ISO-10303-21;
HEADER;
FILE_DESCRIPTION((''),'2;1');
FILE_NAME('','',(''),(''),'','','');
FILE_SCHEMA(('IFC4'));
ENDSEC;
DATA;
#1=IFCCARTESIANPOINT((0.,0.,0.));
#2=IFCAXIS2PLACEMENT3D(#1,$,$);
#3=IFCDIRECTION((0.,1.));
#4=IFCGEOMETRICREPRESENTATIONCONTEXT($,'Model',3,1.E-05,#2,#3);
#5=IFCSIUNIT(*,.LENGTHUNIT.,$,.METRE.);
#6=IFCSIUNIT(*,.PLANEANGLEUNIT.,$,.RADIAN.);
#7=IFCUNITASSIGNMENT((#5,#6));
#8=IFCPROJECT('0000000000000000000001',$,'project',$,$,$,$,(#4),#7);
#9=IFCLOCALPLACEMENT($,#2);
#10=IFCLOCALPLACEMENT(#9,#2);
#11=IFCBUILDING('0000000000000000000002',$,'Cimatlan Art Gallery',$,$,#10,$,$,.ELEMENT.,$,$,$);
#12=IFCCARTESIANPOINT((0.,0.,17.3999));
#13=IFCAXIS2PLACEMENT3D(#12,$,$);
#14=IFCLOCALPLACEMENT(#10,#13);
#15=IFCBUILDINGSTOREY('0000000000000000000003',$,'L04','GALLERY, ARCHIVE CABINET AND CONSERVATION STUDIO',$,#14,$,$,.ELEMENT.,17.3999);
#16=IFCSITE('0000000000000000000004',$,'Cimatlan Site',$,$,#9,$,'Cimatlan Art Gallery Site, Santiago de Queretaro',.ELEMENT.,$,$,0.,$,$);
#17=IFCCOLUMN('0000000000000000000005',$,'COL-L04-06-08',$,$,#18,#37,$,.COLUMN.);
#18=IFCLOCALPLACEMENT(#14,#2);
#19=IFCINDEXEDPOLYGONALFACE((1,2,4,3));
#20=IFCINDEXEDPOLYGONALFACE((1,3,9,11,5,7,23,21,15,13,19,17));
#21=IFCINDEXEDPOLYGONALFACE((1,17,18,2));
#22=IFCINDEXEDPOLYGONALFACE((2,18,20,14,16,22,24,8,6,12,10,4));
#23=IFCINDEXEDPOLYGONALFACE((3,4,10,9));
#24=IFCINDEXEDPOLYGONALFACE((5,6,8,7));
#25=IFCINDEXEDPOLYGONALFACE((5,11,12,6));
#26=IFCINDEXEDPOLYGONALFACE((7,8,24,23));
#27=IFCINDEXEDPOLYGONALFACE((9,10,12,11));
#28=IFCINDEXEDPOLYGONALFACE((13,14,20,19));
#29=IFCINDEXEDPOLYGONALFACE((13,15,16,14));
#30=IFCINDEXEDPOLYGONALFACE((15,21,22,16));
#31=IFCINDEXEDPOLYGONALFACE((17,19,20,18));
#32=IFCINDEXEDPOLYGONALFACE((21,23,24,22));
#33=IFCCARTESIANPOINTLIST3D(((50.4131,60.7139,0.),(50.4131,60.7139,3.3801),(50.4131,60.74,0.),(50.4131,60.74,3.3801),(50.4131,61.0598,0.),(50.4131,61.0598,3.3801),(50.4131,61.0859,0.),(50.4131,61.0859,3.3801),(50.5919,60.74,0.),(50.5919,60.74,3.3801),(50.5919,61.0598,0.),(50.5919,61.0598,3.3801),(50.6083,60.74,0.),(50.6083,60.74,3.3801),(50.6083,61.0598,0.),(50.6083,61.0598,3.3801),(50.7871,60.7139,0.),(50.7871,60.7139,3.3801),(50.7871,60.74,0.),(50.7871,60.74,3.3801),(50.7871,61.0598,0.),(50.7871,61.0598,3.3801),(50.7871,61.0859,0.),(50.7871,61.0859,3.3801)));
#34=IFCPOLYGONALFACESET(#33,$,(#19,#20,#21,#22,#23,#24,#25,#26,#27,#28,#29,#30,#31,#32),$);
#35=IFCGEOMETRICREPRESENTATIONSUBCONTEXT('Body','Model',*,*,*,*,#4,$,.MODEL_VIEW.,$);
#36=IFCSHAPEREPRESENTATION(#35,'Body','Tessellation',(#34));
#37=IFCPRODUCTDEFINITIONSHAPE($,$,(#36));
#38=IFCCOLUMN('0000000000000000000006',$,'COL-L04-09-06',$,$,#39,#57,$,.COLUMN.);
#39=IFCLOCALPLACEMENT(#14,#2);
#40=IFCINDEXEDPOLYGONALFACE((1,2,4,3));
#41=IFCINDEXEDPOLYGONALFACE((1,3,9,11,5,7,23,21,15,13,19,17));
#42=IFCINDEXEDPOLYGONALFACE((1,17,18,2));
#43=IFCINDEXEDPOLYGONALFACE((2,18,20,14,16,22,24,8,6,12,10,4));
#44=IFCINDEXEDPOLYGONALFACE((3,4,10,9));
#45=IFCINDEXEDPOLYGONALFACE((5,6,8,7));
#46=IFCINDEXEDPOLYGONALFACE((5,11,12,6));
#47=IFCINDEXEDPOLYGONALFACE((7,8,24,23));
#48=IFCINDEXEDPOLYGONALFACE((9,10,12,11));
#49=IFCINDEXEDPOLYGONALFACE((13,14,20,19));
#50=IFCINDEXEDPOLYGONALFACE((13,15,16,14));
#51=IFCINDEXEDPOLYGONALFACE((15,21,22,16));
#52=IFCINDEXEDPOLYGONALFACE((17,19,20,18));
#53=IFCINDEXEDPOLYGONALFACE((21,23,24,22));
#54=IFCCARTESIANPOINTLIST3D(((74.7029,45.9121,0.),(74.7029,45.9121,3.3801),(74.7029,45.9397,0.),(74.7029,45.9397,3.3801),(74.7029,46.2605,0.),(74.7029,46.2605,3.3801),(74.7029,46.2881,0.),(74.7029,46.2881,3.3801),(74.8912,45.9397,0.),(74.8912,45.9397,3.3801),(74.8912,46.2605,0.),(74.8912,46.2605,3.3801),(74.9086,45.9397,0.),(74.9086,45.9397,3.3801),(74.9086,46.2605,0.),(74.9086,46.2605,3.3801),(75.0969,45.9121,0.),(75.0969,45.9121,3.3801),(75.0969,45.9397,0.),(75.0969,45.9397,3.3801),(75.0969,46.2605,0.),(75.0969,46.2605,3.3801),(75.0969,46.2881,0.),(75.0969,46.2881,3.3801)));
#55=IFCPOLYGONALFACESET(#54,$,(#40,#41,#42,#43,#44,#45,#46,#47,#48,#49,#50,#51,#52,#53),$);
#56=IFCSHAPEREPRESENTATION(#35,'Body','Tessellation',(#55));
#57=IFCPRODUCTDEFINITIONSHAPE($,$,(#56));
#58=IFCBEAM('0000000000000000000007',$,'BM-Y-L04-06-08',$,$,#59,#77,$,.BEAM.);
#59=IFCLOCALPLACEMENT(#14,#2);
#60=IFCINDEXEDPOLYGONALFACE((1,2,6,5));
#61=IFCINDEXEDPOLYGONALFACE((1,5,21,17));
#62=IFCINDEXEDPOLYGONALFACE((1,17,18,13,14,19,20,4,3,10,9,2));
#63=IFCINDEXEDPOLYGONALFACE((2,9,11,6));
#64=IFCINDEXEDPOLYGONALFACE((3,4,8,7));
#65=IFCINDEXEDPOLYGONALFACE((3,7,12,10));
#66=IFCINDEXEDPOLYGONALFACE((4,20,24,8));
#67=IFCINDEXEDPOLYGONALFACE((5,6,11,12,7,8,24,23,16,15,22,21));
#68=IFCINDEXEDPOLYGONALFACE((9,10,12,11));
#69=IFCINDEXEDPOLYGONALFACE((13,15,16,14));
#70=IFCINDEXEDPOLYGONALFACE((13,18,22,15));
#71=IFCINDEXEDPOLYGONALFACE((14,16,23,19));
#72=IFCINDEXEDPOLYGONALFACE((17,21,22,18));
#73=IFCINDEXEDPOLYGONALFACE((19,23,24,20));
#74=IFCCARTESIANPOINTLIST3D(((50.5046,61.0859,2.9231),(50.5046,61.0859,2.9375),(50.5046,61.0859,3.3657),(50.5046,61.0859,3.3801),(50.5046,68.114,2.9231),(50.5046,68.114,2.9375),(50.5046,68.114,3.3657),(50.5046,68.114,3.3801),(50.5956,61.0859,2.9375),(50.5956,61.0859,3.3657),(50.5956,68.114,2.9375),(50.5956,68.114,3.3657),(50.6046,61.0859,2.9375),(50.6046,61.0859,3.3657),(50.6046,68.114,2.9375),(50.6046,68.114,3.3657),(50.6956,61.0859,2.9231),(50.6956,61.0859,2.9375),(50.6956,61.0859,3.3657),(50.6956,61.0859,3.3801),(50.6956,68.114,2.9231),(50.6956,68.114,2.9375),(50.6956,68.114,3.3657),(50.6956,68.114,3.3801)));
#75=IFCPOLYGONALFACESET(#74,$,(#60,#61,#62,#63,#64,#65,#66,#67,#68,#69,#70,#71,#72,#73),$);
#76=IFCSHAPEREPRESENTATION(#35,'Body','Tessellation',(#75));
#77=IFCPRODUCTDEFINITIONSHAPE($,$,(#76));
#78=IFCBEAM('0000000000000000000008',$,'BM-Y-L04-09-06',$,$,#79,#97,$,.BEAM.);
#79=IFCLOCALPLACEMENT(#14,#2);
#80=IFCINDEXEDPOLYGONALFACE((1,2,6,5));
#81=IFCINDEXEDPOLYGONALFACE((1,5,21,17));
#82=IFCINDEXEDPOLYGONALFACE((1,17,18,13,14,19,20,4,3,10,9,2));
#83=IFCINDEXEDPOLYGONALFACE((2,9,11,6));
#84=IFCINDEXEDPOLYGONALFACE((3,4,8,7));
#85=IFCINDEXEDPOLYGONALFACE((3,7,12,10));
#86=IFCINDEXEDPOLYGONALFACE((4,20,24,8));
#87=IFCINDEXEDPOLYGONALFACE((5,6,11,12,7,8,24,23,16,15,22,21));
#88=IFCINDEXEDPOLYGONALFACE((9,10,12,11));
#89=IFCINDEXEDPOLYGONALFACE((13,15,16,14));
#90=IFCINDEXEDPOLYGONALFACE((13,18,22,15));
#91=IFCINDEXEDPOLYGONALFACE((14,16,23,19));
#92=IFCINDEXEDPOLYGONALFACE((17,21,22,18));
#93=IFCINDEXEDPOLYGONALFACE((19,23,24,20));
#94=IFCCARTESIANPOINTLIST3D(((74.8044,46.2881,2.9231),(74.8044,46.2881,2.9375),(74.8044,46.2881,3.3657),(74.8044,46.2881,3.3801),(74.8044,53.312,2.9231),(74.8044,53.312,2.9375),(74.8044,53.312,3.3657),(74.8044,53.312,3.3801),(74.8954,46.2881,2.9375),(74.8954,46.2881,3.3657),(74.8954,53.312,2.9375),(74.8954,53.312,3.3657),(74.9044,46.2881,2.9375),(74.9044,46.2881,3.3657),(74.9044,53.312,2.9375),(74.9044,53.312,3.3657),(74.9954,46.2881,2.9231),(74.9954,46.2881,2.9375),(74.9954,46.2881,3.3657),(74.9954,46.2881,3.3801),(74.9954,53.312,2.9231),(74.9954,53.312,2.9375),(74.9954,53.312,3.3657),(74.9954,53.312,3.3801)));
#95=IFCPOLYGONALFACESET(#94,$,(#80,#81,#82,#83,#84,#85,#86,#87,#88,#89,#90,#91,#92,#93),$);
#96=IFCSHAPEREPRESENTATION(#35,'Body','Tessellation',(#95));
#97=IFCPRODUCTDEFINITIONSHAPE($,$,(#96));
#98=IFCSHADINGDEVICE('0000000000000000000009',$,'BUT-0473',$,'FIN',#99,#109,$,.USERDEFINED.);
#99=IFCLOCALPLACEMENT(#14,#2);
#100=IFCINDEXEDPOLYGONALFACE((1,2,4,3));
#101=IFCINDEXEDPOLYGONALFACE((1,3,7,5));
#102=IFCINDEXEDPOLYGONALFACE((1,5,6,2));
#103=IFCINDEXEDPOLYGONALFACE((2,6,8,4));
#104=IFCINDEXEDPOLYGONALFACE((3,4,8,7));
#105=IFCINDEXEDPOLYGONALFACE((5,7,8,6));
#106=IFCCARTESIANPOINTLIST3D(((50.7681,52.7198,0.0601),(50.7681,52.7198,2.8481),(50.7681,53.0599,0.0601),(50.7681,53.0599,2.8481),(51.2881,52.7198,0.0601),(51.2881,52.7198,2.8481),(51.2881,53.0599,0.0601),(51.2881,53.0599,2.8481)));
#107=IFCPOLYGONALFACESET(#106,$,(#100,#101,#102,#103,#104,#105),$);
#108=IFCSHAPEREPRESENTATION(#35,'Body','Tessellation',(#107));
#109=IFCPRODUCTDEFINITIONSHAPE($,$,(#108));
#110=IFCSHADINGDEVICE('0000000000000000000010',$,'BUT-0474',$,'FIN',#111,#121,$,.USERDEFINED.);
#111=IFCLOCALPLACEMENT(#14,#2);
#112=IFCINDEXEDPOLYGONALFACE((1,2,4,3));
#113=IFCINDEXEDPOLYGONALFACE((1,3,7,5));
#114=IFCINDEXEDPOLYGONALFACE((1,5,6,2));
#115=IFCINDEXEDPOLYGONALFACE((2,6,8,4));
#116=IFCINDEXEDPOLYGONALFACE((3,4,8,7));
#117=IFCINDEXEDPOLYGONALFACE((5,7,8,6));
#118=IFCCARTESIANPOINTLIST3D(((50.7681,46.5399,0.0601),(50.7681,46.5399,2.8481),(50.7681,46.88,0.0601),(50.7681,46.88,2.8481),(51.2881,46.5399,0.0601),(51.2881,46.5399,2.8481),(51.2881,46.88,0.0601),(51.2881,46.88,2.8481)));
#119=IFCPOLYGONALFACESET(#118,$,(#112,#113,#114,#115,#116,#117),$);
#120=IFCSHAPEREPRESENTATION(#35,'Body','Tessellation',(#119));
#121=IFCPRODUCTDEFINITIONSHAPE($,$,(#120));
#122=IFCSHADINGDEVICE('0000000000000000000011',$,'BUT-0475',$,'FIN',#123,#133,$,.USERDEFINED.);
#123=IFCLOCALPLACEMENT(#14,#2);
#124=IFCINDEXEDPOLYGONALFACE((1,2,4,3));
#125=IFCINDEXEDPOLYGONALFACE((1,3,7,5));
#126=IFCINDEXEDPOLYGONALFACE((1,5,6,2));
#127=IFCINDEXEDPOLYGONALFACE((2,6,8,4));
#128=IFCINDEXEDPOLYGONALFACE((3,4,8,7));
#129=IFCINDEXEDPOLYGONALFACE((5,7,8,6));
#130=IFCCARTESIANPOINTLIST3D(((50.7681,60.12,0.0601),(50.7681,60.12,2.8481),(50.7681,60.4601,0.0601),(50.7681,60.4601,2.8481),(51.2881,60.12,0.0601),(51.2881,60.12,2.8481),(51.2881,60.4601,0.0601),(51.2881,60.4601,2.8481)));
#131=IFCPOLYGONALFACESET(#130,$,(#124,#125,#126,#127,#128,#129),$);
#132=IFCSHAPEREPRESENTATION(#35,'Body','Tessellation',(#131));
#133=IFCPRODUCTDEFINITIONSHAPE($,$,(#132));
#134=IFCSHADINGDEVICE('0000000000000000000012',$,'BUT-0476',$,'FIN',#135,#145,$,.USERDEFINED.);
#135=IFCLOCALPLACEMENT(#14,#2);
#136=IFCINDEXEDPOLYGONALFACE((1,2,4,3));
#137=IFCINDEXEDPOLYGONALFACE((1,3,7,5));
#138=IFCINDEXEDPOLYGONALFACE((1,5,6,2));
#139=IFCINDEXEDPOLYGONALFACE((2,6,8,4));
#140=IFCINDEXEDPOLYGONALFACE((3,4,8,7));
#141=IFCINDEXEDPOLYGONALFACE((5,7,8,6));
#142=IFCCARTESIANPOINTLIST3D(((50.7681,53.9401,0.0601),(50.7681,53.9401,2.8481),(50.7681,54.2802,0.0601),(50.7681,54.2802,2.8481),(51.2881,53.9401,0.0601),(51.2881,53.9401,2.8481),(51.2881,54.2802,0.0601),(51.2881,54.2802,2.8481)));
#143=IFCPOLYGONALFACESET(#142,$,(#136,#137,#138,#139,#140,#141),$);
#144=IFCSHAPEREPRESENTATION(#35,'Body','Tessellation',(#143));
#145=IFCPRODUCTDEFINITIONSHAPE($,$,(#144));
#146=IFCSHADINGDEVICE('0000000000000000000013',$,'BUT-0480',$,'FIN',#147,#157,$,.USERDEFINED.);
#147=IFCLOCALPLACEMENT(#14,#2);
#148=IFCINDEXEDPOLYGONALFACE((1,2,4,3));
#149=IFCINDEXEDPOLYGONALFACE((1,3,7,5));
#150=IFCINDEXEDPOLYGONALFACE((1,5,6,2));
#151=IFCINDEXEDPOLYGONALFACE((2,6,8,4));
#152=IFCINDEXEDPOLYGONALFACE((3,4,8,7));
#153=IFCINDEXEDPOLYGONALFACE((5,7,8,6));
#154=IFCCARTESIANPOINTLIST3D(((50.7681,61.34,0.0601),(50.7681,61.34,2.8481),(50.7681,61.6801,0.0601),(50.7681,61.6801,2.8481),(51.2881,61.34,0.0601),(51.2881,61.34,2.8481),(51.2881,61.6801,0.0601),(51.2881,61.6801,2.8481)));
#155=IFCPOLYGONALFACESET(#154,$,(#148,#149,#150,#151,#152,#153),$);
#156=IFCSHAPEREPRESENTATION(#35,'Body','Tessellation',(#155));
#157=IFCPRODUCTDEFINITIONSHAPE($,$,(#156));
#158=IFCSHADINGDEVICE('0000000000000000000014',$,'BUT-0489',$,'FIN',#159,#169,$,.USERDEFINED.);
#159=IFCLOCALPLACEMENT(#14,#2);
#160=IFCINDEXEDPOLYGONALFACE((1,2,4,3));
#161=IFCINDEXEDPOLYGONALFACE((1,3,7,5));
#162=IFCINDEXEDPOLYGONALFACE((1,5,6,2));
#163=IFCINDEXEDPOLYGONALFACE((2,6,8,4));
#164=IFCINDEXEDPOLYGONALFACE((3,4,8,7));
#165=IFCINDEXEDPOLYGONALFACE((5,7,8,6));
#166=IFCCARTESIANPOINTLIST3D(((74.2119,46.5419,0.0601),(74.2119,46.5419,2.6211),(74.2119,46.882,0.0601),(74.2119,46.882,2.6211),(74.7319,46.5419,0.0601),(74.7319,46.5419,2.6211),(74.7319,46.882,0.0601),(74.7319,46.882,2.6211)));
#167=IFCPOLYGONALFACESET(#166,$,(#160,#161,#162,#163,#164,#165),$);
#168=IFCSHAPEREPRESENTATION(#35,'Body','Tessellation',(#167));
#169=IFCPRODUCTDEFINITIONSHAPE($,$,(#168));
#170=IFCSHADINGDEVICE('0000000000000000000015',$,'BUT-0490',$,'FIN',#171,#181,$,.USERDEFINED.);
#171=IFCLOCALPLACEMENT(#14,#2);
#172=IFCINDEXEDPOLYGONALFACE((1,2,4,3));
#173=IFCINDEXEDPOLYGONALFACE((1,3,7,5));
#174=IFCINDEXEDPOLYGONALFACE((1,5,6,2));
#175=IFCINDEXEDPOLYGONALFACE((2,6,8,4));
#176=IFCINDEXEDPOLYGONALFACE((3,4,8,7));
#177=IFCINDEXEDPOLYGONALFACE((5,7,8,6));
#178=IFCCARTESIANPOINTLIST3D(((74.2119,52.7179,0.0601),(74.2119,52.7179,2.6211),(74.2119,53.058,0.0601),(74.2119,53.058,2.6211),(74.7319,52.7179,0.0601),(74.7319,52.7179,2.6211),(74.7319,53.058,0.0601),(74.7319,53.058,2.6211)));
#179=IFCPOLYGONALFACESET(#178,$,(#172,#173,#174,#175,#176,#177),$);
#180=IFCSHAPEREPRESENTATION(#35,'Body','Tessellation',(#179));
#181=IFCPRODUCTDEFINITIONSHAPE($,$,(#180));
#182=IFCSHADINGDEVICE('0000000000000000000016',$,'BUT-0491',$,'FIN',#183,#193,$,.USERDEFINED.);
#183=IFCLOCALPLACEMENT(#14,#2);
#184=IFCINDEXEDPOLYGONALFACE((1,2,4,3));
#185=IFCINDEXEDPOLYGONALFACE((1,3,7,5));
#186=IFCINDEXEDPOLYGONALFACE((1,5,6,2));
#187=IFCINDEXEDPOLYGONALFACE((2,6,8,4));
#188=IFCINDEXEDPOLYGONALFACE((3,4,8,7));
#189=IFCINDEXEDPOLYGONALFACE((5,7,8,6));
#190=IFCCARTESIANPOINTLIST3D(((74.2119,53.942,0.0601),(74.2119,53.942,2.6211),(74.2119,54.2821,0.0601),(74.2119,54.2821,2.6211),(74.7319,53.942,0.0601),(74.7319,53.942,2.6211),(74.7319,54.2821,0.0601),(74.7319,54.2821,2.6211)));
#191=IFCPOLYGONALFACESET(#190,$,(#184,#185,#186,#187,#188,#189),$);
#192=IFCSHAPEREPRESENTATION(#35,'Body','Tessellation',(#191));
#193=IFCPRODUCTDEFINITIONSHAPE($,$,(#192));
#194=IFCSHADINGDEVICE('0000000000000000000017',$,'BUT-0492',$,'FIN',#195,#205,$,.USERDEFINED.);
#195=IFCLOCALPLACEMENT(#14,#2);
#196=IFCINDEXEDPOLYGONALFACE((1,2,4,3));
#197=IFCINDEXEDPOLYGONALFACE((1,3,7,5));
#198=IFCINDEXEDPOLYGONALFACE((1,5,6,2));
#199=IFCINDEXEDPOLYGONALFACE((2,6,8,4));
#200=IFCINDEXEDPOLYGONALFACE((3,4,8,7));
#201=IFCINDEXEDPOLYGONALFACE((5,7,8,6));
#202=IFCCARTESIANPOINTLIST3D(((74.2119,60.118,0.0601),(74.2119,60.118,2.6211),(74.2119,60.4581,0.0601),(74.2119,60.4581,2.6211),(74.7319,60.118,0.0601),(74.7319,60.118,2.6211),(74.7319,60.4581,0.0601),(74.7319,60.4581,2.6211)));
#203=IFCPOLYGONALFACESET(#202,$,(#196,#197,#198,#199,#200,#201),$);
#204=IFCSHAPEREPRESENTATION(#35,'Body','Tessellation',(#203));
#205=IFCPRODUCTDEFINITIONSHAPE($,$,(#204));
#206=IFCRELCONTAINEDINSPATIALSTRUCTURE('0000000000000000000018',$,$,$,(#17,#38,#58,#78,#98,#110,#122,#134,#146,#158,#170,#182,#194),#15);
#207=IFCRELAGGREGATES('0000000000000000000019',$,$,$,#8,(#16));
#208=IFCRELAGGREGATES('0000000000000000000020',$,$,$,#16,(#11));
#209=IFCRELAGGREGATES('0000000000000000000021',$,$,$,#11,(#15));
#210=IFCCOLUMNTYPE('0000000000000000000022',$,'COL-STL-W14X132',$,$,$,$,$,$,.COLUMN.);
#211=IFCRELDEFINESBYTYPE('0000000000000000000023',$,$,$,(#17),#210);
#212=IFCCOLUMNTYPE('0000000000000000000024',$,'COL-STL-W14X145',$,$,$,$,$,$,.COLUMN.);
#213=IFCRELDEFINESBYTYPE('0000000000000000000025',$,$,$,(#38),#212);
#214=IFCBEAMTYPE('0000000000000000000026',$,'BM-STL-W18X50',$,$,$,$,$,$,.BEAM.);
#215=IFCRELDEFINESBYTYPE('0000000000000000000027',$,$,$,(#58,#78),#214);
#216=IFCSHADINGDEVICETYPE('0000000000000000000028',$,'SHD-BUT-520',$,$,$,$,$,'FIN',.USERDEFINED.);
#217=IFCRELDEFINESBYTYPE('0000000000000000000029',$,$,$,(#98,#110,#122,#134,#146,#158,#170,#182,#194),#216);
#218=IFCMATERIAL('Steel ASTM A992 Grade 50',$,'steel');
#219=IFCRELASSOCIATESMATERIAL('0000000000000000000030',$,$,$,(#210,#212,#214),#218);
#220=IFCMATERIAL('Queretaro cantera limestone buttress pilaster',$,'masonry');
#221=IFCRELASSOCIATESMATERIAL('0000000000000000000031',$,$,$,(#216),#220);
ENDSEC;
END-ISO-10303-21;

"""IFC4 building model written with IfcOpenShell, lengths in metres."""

from ifc_helpers import new_model, si_unit, direction, frame, origin, origin_2d, place, context, subcontext, project, spatial, rectangle, i_section, extrude, material, material_profile, profile_set, type_object, element, save


model = new_model("IFC4")

# Units and contexts
model_context = context("Model", 3, precision=1e-05, world=origin(), true_north=direction((0.0, 1.0)))
body_context = subcontext(model_context, "Body", "Model", "MODEL_VIEW")
ifc_project = project(units=[si_unit("LENGTHUNIT", "METRE"), si_unit("PLANEANGLEUNIT", "RADIAN")], contexts=[model_context])

# Site, building, storey
site_placement = place(None, origin())
site = spatial("IfcSite", under=ifc_project, at=site_placement, Name="Cimatlan Site", LongName="Cimatlan Art Gallery Site, Santiago de Queretaro", CompositionType="ELEMENT", RefElevation=0.0)
building_placement = place(site_placement, origin())
building = spatial("IfcBuilding", under=site, at=building_placement, Name="Cimatlan Art Gallery", CompositionType="ELEMENT")
storey_placement = place(building_placement, frame((0.0, 0.0, 17.3999)))
storey = spatial("IfcBuildingStorey", under=building, at=storey_placement, Name="L04", Description="GALLERY, ARCHIVE CABINET AND CONSERVATION STUDIO", CompositionType="ELEMENT", Elevation=17.3999)

# Columns
ifc_material_1 = material(Name="Steel ASTM A992 Grade 50", Category="steel")
ifc_material_profile_1 = material_profile(ifc_material_1, i_section(OverallWidth=0.374, OverallDepth=0.3721, WebThickness=0.0164, FlangeThickness=0.0261, at=origin_2d()), Name="W14X132")
ifc_profile_set_1 = profile_set([ifc_material_profile_1], Name="Steel ASTM A992 Grade 50")
column_type_1 = type_object("IfcColumnType", Name="COL-STL-W14X132", PredefinedType="COLUMN", material=ifc_profile_set_1)
column_1_placement = place(storey_placement, frame((50.6001, 60.8999, 0.0), z_axis=(0.0, 0.0, 1.0), x_axis=(1.0, 0.0, 0.0)))
element("IfcColumn", 1, at=column_1_placement, inside=storey, type_object=column_type_1, Name="COL-L04-06-08", PredefinedType="COLUMN", context=body_context, shape_type="SweptSolid", body=[
    extrude(i_section(OverallWidth=0.374, OverallDepth=0.3721, WebThickness=0.0164, FlangeThickness=0.0261, at=origin_2d()), origin(), (0.0, 0.0, 1.0), 3.3801),
])
ifc_material_profile_2 = material_profile(ifc_material_1, i_section(OverallWidth=0.394, OverallDepth=0.376, WebThickness=0.0173, FlangeThickness=0.0276, at=origin_2d()), Name="W14X145")
ifc_profile_set_2 = profile_set([ifc_material_profile_2], Name="Steel ASTM A992 Grade 50")
column_type_2 = type_object("IfcColumnType", Name="COL-STL-W14X145", PredefinedType="COLUMN", material=ifc_profile_set_2)
column_2_placement = place(storey_placement, frame((74.8999, 46.1001, 0.0), z_axis=(0.0, 0.0, 1.0), x_axis=(1.0, 0.0, 0.0)))
element("IfcColumn", 2, at=column_2_placement, inside=storey, type_object=column_type_2, Name="COL-L04-09-06", PredefinedType="COLUMN", context=body_context, shape_type="SweptSolid", body=[
    extrude(i_section(OverallWidth=0.394, OverallDepth=0.376, WebThickness=0.0173, FlangeThickness=0.0276, at=origin_2d()), origin(), (0.0, 0.0, 1.0), 3.3801),
])

# Beams
ifc_material_profile_3 = material_profile(ifc_material_1, i_section(OverallWidth=0.1909, OverallDepth=0.457, WebThickness=0.009, FlangeThickness=0.0144, at=origin_2d()), Name="W18X50")
ifc_profile_set_3 = profile_set([ifc_material_profile_3], Name="Steel ASTM A992 Grade 50")
beam_type = type_object("IfcBeamType", Name="BM-STL-W18X50", PredefinedType="BEAM", material=ifc_profile_set_3)
beam_1_placement = place(storey_placement, frame((50.6001, 61.0859, 3.1516), z_axis=(0.0, 1.0, 0.0), x_axis=(-1.0, 0.0, 0.0)))
element("IfcBeam", 3, at=beam_1_placement, inside=storey, type_object=beam_type, Name="BM-Y-L04-06-08", PredefinedType="BEAM", context=body_context, shape_type="SweptSolid", body=[
    extrude(i_section(OverallWidth=0.1909, OverallDepth=0.457, WebThickness=0.009, FlangeThickness=0.0144, at=origin_2d()), origin(), (0.0, 0.0, 1.0), 7.0281),
])
beam_2_placement = place(storey_placement, frame((74.8999, 46.2881, 3.1516), z_axis=(0.0, 1.0, 0.0), x_axis=(-1.0, 0.0, 0.0)))
element("IfcBeam", 4, at=beam_2_placement, inside=storey, type_object=beam_type, Name="BM-Y-L04-09-06", PredefinedType="BEAM", context=body_context, shape_type="SweptSolid", body=[
    extrude(i_section(OverallWidth=0.1909, OverallDepth=0.457, WebThickness=0.009, FlangeThickness=0.0144, at=origin_2d()), origin(), (0.0, 0.0, 1.0), 7.0239),
])

# Shading devices
ifc_material_2 = material(Name="Queretaro cantera limestone buttress pilaster", Category="masonry")
shading_device_type = type_object("IfcShadingDeviceType", Name="SHD-BUT-520", ElementType="FIN", PredefinedType="USERDEFINED", material=ifc_material_2)
for number, where, z_axis, x_axis, name in (
    (5, (51.0281, 52.8899, 0.0601), (0.0, 0.0, 1.0), (0.0, -1.0, 0.0), "BUT-0473"),
    (6, (51.0281, 46.71, 0.0601), (0.0, 0.0, 1.0), (0.0, -1.0, 0.0), "BUT-0474"),
    (7, (51.0281, 60.29, 0.0601), (0.0, 0.0, 1.0), (0.0, -1.0, 0.0), "BUT-0475"),
    (8, (51.0281, 54.1101, 0.0601), (0.0, 0.0, 1.0), (0.0, -1.0, 0.0), "BUT-0476"),
    (9, (51.0281, 61.51, 0.0601), (0.0, 0.0, 1.0), (0.0, -1.0, 0.0), "BUT-0480"),
):
    element("IfcShadingDevice", number, at=place(storey_placement, frame(where, z_axis=z_axis, x_axis=x_axis)), inside=storey, type_object=shading_device_type, Name=name, ObjectType="FIN", PredefinedType="USERDEFINED", context=body_context, shape_type="SweptSolid", body=[
        extrude(rectangle(XDim=0.3401, YDim=0.52, at=origin_2d()), origin(), (0.0, 0.0, 1.0), 2.7881),
    ])
for number, where, z_axis, x_axis, name in (
    (10, (74.4719, 46.7119, 0.0601), (0.0, 0.0, 1.0), (0.0, 1.0, 0.0), "BUT-0489"),
    (11, (74.4719, 52.8879, 0.0601), (0.0, 0.0, 1.0), (0.0, 1.0, 0.0), "BUT-0490"),
    (12, (74.4719, 54.1121, 0.0601), (0.0, 0.0, 1.0), (0.0, 1.0, 0.0), "BUT-0491"),
    (13, (74.4719, 60.2881, 0.0601), (0.0, 0.0, 1.0), (0.0, 1.0, 0.0), "BUT-0492"),
):
    element("IfcShadingDevice", number, at=place(storey_placement, frame(where, z_axis=z_axis, x_axis=x_axis)), inside=storey, type_object=shading_device_type, Name=name, ObjectType="FIN", PredefinedType="USERDEFINED", context=body_context, shape_type="SweptSolid", body=[
        extrude(rectangle(XDim=0.3401, YDim=0.52, at=origin_2d()), origin(), (0.0, 0.0, 1.0), 2.561),
    ])

save(model, "model.ifc")
